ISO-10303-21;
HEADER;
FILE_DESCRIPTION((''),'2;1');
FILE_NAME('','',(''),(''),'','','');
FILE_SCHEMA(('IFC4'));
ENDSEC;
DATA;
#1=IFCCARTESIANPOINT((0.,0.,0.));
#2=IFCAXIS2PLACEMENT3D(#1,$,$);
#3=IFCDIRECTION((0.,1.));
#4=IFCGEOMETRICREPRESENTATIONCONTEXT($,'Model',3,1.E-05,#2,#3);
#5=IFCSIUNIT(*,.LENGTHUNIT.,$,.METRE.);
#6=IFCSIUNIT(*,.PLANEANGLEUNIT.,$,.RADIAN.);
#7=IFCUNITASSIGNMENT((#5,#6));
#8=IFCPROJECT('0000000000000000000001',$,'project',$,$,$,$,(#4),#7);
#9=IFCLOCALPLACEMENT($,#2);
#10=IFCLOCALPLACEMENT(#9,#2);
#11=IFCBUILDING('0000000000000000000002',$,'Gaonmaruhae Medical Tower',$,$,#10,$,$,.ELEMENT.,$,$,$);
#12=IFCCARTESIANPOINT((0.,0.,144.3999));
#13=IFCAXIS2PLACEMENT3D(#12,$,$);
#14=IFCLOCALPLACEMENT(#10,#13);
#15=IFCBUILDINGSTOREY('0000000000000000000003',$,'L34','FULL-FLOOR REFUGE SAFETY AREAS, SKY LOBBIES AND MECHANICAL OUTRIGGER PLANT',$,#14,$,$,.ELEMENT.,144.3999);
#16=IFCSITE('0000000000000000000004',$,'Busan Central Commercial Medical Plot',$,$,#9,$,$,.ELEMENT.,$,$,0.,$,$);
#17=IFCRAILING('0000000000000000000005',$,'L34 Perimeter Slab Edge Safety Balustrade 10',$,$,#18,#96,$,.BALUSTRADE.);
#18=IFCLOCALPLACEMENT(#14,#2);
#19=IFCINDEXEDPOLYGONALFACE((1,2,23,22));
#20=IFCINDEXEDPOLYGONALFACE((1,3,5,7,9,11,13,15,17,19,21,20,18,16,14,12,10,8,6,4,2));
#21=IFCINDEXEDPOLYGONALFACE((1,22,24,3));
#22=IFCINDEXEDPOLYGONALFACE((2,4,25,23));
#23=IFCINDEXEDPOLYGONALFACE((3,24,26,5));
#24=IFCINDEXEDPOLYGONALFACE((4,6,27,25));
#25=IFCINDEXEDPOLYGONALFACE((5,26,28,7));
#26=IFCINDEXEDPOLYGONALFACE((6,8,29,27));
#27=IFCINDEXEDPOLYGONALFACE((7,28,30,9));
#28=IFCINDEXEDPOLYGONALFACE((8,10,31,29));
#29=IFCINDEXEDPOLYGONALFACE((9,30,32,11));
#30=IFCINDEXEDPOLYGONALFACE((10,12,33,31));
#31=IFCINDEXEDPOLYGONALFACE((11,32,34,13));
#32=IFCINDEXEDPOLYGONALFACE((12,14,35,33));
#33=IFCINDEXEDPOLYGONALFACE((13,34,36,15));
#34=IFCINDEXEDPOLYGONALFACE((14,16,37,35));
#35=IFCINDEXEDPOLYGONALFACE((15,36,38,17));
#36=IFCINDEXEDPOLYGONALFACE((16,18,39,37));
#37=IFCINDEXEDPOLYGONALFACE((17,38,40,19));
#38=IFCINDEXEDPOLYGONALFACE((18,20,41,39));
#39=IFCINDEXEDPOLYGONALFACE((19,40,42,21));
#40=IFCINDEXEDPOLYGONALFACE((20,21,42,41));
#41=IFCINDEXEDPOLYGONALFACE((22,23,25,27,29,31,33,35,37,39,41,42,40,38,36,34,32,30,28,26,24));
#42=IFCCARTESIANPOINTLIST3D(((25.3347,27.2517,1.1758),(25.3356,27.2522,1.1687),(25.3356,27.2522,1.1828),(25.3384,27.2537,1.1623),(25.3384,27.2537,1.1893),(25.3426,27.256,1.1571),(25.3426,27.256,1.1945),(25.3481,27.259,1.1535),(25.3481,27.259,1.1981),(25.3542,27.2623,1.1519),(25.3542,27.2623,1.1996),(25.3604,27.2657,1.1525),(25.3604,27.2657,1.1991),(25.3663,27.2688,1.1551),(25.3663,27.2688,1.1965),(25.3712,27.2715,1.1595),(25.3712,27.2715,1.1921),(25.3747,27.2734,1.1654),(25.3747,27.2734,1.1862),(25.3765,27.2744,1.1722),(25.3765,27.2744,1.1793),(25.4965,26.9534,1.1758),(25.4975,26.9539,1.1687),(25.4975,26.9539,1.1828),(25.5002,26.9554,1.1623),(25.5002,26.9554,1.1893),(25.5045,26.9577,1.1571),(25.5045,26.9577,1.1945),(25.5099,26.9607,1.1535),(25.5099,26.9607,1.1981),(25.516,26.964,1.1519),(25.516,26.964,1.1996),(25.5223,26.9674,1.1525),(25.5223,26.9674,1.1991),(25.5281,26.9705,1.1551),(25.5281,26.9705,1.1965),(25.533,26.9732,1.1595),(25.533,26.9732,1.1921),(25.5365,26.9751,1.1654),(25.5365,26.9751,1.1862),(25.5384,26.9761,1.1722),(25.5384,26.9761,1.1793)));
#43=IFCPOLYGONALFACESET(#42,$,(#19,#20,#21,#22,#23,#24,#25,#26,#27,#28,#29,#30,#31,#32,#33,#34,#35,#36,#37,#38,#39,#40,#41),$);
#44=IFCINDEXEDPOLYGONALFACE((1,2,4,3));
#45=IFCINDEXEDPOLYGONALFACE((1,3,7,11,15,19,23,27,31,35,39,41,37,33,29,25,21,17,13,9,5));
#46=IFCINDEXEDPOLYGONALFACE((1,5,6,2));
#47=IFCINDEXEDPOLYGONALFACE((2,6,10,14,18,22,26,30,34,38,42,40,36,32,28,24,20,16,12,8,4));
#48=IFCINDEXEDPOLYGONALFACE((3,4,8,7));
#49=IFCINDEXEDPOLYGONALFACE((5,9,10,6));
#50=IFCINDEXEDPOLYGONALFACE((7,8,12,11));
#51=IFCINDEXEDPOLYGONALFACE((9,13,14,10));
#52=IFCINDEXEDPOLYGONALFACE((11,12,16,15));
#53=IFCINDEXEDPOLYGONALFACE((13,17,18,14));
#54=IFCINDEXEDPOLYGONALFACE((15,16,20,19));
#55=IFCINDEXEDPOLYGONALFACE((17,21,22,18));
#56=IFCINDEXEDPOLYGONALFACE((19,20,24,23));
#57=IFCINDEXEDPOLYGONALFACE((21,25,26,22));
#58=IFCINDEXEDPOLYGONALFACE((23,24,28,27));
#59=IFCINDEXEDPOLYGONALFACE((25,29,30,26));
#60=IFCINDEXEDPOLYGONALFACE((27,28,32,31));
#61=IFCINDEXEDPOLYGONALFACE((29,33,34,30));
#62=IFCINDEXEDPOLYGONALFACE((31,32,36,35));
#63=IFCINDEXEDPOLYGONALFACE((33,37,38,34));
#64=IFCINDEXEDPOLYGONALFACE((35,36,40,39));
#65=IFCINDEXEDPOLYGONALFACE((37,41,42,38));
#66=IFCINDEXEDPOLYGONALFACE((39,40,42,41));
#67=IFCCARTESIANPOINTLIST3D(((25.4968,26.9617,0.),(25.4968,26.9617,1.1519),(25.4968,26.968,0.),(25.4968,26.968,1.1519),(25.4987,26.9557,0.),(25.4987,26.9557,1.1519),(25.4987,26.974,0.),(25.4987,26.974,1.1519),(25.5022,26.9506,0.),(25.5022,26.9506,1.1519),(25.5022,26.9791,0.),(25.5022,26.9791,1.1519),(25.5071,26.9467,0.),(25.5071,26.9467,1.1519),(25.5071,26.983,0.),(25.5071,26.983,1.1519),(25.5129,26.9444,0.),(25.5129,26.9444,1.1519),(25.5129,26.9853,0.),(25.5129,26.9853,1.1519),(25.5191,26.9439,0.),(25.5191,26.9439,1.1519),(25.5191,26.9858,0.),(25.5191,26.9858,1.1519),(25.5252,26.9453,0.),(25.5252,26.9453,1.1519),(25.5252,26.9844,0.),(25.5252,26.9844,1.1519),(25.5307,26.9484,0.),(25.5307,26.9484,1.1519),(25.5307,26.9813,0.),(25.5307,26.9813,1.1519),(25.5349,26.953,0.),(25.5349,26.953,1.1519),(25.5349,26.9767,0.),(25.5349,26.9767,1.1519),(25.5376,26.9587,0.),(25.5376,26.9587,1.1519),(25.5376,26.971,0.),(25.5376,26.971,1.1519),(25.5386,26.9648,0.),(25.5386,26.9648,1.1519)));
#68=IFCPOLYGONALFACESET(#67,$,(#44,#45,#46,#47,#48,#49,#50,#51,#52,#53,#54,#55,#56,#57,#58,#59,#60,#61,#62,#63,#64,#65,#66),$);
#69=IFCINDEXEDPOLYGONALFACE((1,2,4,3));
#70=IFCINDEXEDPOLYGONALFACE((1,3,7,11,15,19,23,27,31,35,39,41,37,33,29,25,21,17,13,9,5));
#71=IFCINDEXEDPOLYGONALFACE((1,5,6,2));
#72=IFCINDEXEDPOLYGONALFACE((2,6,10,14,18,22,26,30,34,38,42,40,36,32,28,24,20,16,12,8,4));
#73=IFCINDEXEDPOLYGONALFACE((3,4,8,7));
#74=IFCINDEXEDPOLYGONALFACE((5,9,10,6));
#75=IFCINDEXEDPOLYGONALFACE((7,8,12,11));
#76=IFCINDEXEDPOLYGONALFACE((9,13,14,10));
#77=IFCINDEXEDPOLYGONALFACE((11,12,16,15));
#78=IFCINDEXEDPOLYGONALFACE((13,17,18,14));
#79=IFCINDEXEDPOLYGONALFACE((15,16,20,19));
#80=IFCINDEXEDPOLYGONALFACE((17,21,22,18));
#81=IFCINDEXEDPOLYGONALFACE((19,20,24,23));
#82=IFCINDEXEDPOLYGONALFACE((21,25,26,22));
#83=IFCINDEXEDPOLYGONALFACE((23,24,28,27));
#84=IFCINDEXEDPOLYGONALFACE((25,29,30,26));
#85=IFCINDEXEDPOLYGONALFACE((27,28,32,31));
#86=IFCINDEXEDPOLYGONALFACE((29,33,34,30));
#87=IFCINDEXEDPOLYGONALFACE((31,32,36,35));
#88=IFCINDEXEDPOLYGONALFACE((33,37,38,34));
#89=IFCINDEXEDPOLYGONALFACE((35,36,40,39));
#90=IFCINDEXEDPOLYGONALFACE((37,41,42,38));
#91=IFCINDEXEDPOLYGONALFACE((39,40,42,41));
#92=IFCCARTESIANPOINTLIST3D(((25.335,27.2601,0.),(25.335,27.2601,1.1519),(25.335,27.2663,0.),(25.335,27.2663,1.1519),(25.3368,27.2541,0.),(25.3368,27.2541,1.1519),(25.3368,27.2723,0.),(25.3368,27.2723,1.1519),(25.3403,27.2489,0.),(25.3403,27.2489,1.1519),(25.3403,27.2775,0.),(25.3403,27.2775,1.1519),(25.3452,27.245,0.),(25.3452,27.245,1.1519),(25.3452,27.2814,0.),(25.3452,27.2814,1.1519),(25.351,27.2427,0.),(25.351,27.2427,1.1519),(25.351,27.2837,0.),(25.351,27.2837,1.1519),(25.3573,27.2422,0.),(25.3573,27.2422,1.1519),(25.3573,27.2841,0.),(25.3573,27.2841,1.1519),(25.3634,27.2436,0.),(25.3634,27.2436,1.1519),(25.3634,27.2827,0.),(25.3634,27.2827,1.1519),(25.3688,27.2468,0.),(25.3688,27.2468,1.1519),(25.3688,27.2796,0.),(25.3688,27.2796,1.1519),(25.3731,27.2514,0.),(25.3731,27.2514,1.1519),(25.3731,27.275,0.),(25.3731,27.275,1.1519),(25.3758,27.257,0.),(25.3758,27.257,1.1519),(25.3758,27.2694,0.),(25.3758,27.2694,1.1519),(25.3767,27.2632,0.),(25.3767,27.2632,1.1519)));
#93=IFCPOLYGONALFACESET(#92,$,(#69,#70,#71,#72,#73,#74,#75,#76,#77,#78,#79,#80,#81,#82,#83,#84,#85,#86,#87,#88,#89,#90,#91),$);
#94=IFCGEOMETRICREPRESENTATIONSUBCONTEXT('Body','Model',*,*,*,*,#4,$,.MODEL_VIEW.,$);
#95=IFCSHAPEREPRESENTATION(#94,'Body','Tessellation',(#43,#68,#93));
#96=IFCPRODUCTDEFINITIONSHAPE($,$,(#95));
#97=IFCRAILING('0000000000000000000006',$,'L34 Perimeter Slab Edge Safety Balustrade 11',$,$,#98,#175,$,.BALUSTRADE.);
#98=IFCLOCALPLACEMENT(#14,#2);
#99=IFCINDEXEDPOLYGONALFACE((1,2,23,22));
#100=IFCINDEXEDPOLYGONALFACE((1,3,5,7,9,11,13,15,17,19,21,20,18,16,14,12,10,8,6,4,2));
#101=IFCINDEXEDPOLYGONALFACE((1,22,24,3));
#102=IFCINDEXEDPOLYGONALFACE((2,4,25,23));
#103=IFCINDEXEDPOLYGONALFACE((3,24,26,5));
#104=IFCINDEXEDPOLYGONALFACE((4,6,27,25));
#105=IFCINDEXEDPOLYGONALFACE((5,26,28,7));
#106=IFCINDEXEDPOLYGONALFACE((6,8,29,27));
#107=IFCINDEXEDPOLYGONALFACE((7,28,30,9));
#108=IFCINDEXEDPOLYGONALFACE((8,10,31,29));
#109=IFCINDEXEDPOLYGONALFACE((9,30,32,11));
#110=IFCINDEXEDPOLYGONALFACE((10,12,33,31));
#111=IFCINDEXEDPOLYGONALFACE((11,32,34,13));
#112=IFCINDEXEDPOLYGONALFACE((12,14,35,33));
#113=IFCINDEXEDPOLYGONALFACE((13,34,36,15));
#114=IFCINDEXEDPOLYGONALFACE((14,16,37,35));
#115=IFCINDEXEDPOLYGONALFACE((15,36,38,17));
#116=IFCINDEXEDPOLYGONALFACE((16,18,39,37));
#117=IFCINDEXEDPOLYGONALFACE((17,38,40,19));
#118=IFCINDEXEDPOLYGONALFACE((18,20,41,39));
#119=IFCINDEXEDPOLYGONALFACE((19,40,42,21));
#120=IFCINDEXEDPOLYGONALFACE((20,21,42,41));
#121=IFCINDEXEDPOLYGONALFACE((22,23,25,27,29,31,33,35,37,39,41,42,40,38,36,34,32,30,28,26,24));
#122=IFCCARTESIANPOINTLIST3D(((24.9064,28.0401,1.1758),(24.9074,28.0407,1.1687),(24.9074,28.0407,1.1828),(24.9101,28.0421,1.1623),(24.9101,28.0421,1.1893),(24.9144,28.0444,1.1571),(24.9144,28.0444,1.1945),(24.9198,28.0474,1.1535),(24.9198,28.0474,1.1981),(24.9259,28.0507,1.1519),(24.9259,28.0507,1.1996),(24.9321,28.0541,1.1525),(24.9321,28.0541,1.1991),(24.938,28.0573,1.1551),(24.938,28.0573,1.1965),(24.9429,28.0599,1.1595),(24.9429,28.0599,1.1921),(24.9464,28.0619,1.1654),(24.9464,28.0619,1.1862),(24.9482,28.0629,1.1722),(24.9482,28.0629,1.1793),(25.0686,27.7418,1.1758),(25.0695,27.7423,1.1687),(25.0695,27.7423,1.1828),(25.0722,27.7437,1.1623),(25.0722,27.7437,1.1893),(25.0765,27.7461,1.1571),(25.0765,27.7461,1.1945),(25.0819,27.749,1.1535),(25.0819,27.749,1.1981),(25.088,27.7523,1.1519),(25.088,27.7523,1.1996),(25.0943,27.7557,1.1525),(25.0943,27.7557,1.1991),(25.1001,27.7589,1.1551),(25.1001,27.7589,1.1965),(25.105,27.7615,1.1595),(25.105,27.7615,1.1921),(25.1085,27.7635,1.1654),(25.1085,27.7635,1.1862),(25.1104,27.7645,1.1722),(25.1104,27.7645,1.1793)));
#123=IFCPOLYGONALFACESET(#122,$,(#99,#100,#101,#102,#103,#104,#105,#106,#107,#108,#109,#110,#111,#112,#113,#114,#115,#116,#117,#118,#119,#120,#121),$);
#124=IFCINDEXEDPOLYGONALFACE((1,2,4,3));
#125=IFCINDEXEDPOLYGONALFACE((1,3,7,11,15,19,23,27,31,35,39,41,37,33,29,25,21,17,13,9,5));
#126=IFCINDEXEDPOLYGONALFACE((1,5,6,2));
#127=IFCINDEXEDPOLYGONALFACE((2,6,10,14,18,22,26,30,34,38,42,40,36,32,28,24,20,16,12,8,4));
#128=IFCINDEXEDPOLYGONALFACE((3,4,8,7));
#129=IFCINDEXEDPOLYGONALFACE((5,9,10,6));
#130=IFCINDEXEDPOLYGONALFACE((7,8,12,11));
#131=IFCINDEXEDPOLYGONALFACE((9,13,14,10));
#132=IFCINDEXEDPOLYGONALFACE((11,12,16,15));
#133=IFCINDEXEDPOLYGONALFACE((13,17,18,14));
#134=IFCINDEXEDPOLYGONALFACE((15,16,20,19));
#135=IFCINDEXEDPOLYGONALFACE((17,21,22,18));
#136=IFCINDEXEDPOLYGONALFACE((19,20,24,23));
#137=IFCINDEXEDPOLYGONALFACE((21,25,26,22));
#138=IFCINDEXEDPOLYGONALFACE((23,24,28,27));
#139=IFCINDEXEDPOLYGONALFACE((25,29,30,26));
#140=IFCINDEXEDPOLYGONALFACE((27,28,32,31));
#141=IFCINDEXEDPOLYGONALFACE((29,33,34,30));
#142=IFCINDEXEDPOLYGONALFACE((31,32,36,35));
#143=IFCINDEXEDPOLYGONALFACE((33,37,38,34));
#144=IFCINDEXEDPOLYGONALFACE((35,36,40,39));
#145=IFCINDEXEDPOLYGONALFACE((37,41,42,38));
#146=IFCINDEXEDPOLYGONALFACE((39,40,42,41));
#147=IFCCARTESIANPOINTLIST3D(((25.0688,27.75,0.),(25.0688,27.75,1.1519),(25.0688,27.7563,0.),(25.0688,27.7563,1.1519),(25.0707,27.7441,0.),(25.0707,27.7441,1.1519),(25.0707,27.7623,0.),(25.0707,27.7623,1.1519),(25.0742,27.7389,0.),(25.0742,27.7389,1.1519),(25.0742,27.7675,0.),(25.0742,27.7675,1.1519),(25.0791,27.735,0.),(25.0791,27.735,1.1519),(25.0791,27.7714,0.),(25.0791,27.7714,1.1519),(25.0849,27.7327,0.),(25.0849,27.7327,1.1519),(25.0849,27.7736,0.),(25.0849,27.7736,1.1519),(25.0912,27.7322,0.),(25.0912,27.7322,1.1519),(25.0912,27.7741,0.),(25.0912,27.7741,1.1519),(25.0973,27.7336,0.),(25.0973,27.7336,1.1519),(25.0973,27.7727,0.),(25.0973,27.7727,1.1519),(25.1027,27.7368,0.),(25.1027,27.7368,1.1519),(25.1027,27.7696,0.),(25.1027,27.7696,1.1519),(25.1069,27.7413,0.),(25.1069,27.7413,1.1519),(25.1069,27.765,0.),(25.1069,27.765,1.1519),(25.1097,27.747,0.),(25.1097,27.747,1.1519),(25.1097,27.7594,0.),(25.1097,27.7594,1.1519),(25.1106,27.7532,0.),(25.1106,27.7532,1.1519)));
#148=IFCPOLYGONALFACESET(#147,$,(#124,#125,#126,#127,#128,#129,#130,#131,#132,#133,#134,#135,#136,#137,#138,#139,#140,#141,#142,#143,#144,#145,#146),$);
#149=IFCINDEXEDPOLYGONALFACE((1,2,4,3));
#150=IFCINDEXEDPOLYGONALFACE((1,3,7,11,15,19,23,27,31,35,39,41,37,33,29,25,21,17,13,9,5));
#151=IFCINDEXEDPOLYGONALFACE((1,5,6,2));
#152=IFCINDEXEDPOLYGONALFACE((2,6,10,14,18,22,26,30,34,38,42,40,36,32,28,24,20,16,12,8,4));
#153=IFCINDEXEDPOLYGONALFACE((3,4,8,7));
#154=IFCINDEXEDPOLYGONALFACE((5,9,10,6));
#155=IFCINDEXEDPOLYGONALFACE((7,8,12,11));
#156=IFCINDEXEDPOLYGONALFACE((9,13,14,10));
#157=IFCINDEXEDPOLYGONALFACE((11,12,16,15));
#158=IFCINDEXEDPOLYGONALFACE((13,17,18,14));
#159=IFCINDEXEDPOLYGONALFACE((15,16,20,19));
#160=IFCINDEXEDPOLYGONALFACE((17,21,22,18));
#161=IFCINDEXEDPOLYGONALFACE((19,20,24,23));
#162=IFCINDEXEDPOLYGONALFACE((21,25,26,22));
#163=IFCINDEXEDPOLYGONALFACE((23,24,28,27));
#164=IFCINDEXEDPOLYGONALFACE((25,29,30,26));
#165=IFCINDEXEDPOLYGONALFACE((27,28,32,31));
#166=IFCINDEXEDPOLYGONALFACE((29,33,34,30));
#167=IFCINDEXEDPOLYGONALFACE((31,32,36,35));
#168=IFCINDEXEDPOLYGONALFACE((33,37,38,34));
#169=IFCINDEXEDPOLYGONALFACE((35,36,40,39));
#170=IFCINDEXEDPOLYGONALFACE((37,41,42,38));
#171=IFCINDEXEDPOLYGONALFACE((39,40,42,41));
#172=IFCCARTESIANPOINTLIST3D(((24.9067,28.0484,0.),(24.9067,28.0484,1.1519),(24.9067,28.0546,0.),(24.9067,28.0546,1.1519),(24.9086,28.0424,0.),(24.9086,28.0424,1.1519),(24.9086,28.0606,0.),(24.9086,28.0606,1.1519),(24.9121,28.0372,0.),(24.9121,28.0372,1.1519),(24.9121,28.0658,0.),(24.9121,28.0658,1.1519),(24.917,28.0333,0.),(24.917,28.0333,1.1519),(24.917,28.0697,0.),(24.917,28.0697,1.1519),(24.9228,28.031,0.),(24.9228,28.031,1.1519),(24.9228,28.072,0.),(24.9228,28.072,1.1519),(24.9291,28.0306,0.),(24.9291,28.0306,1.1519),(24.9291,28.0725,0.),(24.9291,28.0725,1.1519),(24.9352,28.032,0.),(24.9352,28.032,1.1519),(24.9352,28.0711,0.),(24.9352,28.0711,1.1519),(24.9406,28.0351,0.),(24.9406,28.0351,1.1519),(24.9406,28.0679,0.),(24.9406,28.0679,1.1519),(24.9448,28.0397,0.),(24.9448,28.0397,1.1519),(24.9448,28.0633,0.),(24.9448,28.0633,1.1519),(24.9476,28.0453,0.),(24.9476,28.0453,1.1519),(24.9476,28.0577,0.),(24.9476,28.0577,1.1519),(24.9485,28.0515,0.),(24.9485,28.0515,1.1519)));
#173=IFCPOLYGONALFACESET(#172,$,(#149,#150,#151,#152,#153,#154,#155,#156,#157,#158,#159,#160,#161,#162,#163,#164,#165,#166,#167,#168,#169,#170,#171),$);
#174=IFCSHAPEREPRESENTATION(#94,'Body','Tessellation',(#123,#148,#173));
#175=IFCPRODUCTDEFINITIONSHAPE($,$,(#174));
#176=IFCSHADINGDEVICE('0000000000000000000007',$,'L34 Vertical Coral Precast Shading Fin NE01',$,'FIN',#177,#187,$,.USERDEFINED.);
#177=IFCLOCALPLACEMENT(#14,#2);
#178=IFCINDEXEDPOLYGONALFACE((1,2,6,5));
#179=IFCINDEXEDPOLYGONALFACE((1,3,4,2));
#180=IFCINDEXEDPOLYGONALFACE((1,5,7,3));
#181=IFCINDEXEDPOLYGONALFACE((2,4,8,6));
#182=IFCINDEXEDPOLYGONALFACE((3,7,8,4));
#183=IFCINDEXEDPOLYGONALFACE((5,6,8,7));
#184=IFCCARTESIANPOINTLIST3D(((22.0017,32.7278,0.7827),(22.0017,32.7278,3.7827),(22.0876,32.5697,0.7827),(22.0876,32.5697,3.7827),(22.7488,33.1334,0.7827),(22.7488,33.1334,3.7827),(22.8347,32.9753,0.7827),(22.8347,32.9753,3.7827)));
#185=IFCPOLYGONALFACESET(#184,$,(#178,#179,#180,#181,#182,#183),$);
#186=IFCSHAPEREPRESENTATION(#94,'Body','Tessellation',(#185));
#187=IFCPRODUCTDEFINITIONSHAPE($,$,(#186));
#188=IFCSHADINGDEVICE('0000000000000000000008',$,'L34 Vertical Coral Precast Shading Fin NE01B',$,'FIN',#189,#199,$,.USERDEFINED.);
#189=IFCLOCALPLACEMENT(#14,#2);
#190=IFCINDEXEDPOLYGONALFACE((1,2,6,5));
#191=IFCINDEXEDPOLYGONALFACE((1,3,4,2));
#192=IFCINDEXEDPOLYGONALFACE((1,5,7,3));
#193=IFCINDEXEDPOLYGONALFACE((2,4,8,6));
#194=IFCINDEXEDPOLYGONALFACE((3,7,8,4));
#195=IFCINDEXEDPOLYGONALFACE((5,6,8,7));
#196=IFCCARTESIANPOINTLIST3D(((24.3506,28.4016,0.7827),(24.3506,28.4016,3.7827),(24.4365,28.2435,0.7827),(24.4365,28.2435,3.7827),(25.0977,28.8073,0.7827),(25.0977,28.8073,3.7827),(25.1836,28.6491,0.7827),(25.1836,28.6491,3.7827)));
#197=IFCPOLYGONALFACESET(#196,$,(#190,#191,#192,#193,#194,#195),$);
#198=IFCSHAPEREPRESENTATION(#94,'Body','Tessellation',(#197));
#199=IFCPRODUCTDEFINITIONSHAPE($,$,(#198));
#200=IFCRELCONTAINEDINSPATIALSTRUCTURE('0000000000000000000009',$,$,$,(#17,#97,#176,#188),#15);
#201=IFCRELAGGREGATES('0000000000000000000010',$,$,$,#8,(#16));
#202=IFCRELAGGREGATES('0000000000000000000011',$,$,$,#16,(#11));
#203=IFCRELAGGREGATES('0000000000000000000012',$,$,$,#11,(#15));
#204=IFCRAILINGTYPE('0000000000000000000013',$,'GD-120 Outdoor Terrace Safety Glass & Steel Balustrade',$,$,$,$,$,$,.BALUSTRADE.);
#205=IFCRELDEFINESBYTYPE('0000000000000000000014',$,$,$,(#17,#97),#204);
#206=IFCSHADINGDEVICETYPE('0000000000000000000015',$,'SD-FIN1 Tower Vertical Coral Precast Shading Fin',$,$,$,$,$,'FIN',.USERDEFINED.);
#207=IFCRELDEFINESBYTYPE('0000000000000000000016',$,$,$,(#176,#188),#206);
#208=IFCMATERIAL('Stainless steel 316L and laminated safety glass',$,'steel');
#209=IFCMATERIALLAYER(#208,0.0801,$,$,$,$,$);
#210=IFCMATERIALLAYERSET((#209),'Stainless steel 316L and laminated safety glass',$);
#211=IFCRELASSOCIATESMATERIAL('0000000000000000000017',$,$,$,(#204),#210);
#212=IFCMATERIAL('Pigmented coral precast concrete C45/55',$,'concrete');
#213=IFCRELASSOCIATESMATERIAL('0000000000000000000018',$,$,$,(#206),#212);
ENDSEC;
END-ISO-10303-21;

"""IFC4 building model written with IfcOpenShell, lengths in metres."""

from ifc_helpers import new_model, si_unit, direction, frame, origin, origin_2d, place, context, subcontext, project, spatial, rectangle, circle, extrude, material, layer, layer_set, type_object, element, save


model = new_model("IFC4")

# Units and contexts
model_context = context("Model", 3, precision=1e-05, world=origin(), true_north=direction((0.0, 1.0)))
body_context = subcontext(model_context, "Body", "Model", "MODEL_VIEW")
ifc_project = project(units=[si_unit("LENGTHUNIT", "METRE"), si_unit("PLANEANGLEUNIT", "RADIAN")], contexts=[model_context])

# Site, building, storey
site_placement = place(None, origin())
site = spatial("IfcSite", under=ifc_project, at=site_placement, Name="Busan Central Commercial Medical Plot", CompositionType="ELEMENT", RefElevation=0.0)
building_placement = place(site_placement, origin())
building = spatial("IfcBuilding", under=site, at=building_placement, Name="Gaonmaruhae Medical Tower", CompositionType="ELEMENT")
storey_placement = place(building_placement, frame((0.0, 0.0, 144.3999)))
storey = spatial("IfcBuildingStorey", under=building, at=storey_placement, Name="L34", Description="FULL-FLOOR REFUGE SAFETY AREAS, SKY LOBBIES AND MECHANICAL OUTRIGGER PLANT", CompositionType="ELEMENT", Elevation=144.3999)

# Railings
ifc_material_1 = material(Name="Stainless steel 316L and laminated safety glass", Category="steel")
ifc_layer_1 = layer(ifc_material_1, 0.0801)
ifc_layer_set_1 = layer_set([ifc_layer_1], Name="Stainless steel 316L and laminated safety glass")
railing_type = type_object("IfcRailingType", Name="GD-120 Outdoor Terrace Safety Glass & Steel Balustrade", PredefinedType="BALUSTRADE", material=ifc_layer_set_1)
railing_1_placement = place(storey_placement, frame((25.5176, 26.9648, 0.0)))
element("IfcRailing", 1, at=railing_1_placement, inside=storey, type_object=railing_type, Name="L34 Perimeter Slab Edge Safety Balustrade 10", PredefinedType="BALUSTRADE", context=body_context, shape_type="SweptSolid", body=[
    extrude(circle(Radius=0.0239, at=origin_2d()), frame((0.0, 0.0, 1.1758), z_axis=(-0.476885, 0.878965, 0.0), x_axis=(-0.878965, -0.476885, 0.0)), (0.0, 0.0, 1.0), 0.3394),
    extrude(circle(Radius=0.021, at=origin_2d()), origin(), (0.0, 0.0, 1.0), 1.1519),
    extrude(circle(Radius=0.021, at=origin_2d()), frame((-0.1619, 0.2983, 0.0)), (0.0, 0.0, 1.0), 1.1519),
])
railing_2_placement = place(storey_placement, frame((25.0896, 27.7532, 0.0)))
element("IfcRailing", 2, at=railing_2_placement, inside=storey, type_object=railing_type, Name="L34 Perimeter Slab Edge Safety Balustrade 11", PredefinedType="BALUSTRADE", context=body_context, shape_type="SweptSolid", body=[
    extrude(circle(Radius=0.0239, at=origin_2d()), frame((0.0, 0.0, 1.1758), z_axis=(-0.477441, 0.878664, 0.0), x_axis=(-0.878664, -0.477441, 0.0)), (0.0, 0.0, 1.0), 0.3396),
    extrude(circle(Radius=0.021, at=origin_2d()), origin(), (0.0, 0.0, 1.0), 1.1519),
    extrude(circle(Radius=0.021, at=origin_2d()), frame((-0.1621, 0.2983, 0.0)), (0.0, 0.0, 1.0), 1.1519),
])

# Shading devices
ifc_material_2 = material(Name="Pigmented coral precast concrete C45/55", Category="concrete")
shading_device_type = type_object("IfcShadingDeviceType", Name="SD-FIN1 Tower Vertical Coral Precast Shading Fin", ElementType="FIN", PredefinedType="USERDEFINED", material=ifc_material_2)
for number, where, z_axis, x_axis, name in (
    (3, (22.4182, 32.8516, 0.7827), (0.0, 0.0, 1.0), (0.477159, -0.878817, 0.0), "L34 Vertical Coral Precast Shading Fin NE01"),
    (4, (24.7671, 28.5254, 0.7827), (0.0, 0.0, 1.0), (0.477159, -0.878817, 0.0), "L34 Vertical Coral Precast Shading Fin NE01B"),
):
    element("IfcShadingDevice", number, at=place(storey_placement, frame(where, z_axis=z_axis, x_axis=x_axis)), inside=storey, type_object=shading_device_type, Name=name, ObjectType="FIN", PredefinedType="USERDEFINED", context=body_context, shape_type="SweptSolid", body=[
        extrude(rectangle(XDim=0.1799, YDim=0.8501, at=origin_2d()), origin(), (0.0, 0.0, 1.0), 3.0),
    ])

save(model, "model.ifc")
